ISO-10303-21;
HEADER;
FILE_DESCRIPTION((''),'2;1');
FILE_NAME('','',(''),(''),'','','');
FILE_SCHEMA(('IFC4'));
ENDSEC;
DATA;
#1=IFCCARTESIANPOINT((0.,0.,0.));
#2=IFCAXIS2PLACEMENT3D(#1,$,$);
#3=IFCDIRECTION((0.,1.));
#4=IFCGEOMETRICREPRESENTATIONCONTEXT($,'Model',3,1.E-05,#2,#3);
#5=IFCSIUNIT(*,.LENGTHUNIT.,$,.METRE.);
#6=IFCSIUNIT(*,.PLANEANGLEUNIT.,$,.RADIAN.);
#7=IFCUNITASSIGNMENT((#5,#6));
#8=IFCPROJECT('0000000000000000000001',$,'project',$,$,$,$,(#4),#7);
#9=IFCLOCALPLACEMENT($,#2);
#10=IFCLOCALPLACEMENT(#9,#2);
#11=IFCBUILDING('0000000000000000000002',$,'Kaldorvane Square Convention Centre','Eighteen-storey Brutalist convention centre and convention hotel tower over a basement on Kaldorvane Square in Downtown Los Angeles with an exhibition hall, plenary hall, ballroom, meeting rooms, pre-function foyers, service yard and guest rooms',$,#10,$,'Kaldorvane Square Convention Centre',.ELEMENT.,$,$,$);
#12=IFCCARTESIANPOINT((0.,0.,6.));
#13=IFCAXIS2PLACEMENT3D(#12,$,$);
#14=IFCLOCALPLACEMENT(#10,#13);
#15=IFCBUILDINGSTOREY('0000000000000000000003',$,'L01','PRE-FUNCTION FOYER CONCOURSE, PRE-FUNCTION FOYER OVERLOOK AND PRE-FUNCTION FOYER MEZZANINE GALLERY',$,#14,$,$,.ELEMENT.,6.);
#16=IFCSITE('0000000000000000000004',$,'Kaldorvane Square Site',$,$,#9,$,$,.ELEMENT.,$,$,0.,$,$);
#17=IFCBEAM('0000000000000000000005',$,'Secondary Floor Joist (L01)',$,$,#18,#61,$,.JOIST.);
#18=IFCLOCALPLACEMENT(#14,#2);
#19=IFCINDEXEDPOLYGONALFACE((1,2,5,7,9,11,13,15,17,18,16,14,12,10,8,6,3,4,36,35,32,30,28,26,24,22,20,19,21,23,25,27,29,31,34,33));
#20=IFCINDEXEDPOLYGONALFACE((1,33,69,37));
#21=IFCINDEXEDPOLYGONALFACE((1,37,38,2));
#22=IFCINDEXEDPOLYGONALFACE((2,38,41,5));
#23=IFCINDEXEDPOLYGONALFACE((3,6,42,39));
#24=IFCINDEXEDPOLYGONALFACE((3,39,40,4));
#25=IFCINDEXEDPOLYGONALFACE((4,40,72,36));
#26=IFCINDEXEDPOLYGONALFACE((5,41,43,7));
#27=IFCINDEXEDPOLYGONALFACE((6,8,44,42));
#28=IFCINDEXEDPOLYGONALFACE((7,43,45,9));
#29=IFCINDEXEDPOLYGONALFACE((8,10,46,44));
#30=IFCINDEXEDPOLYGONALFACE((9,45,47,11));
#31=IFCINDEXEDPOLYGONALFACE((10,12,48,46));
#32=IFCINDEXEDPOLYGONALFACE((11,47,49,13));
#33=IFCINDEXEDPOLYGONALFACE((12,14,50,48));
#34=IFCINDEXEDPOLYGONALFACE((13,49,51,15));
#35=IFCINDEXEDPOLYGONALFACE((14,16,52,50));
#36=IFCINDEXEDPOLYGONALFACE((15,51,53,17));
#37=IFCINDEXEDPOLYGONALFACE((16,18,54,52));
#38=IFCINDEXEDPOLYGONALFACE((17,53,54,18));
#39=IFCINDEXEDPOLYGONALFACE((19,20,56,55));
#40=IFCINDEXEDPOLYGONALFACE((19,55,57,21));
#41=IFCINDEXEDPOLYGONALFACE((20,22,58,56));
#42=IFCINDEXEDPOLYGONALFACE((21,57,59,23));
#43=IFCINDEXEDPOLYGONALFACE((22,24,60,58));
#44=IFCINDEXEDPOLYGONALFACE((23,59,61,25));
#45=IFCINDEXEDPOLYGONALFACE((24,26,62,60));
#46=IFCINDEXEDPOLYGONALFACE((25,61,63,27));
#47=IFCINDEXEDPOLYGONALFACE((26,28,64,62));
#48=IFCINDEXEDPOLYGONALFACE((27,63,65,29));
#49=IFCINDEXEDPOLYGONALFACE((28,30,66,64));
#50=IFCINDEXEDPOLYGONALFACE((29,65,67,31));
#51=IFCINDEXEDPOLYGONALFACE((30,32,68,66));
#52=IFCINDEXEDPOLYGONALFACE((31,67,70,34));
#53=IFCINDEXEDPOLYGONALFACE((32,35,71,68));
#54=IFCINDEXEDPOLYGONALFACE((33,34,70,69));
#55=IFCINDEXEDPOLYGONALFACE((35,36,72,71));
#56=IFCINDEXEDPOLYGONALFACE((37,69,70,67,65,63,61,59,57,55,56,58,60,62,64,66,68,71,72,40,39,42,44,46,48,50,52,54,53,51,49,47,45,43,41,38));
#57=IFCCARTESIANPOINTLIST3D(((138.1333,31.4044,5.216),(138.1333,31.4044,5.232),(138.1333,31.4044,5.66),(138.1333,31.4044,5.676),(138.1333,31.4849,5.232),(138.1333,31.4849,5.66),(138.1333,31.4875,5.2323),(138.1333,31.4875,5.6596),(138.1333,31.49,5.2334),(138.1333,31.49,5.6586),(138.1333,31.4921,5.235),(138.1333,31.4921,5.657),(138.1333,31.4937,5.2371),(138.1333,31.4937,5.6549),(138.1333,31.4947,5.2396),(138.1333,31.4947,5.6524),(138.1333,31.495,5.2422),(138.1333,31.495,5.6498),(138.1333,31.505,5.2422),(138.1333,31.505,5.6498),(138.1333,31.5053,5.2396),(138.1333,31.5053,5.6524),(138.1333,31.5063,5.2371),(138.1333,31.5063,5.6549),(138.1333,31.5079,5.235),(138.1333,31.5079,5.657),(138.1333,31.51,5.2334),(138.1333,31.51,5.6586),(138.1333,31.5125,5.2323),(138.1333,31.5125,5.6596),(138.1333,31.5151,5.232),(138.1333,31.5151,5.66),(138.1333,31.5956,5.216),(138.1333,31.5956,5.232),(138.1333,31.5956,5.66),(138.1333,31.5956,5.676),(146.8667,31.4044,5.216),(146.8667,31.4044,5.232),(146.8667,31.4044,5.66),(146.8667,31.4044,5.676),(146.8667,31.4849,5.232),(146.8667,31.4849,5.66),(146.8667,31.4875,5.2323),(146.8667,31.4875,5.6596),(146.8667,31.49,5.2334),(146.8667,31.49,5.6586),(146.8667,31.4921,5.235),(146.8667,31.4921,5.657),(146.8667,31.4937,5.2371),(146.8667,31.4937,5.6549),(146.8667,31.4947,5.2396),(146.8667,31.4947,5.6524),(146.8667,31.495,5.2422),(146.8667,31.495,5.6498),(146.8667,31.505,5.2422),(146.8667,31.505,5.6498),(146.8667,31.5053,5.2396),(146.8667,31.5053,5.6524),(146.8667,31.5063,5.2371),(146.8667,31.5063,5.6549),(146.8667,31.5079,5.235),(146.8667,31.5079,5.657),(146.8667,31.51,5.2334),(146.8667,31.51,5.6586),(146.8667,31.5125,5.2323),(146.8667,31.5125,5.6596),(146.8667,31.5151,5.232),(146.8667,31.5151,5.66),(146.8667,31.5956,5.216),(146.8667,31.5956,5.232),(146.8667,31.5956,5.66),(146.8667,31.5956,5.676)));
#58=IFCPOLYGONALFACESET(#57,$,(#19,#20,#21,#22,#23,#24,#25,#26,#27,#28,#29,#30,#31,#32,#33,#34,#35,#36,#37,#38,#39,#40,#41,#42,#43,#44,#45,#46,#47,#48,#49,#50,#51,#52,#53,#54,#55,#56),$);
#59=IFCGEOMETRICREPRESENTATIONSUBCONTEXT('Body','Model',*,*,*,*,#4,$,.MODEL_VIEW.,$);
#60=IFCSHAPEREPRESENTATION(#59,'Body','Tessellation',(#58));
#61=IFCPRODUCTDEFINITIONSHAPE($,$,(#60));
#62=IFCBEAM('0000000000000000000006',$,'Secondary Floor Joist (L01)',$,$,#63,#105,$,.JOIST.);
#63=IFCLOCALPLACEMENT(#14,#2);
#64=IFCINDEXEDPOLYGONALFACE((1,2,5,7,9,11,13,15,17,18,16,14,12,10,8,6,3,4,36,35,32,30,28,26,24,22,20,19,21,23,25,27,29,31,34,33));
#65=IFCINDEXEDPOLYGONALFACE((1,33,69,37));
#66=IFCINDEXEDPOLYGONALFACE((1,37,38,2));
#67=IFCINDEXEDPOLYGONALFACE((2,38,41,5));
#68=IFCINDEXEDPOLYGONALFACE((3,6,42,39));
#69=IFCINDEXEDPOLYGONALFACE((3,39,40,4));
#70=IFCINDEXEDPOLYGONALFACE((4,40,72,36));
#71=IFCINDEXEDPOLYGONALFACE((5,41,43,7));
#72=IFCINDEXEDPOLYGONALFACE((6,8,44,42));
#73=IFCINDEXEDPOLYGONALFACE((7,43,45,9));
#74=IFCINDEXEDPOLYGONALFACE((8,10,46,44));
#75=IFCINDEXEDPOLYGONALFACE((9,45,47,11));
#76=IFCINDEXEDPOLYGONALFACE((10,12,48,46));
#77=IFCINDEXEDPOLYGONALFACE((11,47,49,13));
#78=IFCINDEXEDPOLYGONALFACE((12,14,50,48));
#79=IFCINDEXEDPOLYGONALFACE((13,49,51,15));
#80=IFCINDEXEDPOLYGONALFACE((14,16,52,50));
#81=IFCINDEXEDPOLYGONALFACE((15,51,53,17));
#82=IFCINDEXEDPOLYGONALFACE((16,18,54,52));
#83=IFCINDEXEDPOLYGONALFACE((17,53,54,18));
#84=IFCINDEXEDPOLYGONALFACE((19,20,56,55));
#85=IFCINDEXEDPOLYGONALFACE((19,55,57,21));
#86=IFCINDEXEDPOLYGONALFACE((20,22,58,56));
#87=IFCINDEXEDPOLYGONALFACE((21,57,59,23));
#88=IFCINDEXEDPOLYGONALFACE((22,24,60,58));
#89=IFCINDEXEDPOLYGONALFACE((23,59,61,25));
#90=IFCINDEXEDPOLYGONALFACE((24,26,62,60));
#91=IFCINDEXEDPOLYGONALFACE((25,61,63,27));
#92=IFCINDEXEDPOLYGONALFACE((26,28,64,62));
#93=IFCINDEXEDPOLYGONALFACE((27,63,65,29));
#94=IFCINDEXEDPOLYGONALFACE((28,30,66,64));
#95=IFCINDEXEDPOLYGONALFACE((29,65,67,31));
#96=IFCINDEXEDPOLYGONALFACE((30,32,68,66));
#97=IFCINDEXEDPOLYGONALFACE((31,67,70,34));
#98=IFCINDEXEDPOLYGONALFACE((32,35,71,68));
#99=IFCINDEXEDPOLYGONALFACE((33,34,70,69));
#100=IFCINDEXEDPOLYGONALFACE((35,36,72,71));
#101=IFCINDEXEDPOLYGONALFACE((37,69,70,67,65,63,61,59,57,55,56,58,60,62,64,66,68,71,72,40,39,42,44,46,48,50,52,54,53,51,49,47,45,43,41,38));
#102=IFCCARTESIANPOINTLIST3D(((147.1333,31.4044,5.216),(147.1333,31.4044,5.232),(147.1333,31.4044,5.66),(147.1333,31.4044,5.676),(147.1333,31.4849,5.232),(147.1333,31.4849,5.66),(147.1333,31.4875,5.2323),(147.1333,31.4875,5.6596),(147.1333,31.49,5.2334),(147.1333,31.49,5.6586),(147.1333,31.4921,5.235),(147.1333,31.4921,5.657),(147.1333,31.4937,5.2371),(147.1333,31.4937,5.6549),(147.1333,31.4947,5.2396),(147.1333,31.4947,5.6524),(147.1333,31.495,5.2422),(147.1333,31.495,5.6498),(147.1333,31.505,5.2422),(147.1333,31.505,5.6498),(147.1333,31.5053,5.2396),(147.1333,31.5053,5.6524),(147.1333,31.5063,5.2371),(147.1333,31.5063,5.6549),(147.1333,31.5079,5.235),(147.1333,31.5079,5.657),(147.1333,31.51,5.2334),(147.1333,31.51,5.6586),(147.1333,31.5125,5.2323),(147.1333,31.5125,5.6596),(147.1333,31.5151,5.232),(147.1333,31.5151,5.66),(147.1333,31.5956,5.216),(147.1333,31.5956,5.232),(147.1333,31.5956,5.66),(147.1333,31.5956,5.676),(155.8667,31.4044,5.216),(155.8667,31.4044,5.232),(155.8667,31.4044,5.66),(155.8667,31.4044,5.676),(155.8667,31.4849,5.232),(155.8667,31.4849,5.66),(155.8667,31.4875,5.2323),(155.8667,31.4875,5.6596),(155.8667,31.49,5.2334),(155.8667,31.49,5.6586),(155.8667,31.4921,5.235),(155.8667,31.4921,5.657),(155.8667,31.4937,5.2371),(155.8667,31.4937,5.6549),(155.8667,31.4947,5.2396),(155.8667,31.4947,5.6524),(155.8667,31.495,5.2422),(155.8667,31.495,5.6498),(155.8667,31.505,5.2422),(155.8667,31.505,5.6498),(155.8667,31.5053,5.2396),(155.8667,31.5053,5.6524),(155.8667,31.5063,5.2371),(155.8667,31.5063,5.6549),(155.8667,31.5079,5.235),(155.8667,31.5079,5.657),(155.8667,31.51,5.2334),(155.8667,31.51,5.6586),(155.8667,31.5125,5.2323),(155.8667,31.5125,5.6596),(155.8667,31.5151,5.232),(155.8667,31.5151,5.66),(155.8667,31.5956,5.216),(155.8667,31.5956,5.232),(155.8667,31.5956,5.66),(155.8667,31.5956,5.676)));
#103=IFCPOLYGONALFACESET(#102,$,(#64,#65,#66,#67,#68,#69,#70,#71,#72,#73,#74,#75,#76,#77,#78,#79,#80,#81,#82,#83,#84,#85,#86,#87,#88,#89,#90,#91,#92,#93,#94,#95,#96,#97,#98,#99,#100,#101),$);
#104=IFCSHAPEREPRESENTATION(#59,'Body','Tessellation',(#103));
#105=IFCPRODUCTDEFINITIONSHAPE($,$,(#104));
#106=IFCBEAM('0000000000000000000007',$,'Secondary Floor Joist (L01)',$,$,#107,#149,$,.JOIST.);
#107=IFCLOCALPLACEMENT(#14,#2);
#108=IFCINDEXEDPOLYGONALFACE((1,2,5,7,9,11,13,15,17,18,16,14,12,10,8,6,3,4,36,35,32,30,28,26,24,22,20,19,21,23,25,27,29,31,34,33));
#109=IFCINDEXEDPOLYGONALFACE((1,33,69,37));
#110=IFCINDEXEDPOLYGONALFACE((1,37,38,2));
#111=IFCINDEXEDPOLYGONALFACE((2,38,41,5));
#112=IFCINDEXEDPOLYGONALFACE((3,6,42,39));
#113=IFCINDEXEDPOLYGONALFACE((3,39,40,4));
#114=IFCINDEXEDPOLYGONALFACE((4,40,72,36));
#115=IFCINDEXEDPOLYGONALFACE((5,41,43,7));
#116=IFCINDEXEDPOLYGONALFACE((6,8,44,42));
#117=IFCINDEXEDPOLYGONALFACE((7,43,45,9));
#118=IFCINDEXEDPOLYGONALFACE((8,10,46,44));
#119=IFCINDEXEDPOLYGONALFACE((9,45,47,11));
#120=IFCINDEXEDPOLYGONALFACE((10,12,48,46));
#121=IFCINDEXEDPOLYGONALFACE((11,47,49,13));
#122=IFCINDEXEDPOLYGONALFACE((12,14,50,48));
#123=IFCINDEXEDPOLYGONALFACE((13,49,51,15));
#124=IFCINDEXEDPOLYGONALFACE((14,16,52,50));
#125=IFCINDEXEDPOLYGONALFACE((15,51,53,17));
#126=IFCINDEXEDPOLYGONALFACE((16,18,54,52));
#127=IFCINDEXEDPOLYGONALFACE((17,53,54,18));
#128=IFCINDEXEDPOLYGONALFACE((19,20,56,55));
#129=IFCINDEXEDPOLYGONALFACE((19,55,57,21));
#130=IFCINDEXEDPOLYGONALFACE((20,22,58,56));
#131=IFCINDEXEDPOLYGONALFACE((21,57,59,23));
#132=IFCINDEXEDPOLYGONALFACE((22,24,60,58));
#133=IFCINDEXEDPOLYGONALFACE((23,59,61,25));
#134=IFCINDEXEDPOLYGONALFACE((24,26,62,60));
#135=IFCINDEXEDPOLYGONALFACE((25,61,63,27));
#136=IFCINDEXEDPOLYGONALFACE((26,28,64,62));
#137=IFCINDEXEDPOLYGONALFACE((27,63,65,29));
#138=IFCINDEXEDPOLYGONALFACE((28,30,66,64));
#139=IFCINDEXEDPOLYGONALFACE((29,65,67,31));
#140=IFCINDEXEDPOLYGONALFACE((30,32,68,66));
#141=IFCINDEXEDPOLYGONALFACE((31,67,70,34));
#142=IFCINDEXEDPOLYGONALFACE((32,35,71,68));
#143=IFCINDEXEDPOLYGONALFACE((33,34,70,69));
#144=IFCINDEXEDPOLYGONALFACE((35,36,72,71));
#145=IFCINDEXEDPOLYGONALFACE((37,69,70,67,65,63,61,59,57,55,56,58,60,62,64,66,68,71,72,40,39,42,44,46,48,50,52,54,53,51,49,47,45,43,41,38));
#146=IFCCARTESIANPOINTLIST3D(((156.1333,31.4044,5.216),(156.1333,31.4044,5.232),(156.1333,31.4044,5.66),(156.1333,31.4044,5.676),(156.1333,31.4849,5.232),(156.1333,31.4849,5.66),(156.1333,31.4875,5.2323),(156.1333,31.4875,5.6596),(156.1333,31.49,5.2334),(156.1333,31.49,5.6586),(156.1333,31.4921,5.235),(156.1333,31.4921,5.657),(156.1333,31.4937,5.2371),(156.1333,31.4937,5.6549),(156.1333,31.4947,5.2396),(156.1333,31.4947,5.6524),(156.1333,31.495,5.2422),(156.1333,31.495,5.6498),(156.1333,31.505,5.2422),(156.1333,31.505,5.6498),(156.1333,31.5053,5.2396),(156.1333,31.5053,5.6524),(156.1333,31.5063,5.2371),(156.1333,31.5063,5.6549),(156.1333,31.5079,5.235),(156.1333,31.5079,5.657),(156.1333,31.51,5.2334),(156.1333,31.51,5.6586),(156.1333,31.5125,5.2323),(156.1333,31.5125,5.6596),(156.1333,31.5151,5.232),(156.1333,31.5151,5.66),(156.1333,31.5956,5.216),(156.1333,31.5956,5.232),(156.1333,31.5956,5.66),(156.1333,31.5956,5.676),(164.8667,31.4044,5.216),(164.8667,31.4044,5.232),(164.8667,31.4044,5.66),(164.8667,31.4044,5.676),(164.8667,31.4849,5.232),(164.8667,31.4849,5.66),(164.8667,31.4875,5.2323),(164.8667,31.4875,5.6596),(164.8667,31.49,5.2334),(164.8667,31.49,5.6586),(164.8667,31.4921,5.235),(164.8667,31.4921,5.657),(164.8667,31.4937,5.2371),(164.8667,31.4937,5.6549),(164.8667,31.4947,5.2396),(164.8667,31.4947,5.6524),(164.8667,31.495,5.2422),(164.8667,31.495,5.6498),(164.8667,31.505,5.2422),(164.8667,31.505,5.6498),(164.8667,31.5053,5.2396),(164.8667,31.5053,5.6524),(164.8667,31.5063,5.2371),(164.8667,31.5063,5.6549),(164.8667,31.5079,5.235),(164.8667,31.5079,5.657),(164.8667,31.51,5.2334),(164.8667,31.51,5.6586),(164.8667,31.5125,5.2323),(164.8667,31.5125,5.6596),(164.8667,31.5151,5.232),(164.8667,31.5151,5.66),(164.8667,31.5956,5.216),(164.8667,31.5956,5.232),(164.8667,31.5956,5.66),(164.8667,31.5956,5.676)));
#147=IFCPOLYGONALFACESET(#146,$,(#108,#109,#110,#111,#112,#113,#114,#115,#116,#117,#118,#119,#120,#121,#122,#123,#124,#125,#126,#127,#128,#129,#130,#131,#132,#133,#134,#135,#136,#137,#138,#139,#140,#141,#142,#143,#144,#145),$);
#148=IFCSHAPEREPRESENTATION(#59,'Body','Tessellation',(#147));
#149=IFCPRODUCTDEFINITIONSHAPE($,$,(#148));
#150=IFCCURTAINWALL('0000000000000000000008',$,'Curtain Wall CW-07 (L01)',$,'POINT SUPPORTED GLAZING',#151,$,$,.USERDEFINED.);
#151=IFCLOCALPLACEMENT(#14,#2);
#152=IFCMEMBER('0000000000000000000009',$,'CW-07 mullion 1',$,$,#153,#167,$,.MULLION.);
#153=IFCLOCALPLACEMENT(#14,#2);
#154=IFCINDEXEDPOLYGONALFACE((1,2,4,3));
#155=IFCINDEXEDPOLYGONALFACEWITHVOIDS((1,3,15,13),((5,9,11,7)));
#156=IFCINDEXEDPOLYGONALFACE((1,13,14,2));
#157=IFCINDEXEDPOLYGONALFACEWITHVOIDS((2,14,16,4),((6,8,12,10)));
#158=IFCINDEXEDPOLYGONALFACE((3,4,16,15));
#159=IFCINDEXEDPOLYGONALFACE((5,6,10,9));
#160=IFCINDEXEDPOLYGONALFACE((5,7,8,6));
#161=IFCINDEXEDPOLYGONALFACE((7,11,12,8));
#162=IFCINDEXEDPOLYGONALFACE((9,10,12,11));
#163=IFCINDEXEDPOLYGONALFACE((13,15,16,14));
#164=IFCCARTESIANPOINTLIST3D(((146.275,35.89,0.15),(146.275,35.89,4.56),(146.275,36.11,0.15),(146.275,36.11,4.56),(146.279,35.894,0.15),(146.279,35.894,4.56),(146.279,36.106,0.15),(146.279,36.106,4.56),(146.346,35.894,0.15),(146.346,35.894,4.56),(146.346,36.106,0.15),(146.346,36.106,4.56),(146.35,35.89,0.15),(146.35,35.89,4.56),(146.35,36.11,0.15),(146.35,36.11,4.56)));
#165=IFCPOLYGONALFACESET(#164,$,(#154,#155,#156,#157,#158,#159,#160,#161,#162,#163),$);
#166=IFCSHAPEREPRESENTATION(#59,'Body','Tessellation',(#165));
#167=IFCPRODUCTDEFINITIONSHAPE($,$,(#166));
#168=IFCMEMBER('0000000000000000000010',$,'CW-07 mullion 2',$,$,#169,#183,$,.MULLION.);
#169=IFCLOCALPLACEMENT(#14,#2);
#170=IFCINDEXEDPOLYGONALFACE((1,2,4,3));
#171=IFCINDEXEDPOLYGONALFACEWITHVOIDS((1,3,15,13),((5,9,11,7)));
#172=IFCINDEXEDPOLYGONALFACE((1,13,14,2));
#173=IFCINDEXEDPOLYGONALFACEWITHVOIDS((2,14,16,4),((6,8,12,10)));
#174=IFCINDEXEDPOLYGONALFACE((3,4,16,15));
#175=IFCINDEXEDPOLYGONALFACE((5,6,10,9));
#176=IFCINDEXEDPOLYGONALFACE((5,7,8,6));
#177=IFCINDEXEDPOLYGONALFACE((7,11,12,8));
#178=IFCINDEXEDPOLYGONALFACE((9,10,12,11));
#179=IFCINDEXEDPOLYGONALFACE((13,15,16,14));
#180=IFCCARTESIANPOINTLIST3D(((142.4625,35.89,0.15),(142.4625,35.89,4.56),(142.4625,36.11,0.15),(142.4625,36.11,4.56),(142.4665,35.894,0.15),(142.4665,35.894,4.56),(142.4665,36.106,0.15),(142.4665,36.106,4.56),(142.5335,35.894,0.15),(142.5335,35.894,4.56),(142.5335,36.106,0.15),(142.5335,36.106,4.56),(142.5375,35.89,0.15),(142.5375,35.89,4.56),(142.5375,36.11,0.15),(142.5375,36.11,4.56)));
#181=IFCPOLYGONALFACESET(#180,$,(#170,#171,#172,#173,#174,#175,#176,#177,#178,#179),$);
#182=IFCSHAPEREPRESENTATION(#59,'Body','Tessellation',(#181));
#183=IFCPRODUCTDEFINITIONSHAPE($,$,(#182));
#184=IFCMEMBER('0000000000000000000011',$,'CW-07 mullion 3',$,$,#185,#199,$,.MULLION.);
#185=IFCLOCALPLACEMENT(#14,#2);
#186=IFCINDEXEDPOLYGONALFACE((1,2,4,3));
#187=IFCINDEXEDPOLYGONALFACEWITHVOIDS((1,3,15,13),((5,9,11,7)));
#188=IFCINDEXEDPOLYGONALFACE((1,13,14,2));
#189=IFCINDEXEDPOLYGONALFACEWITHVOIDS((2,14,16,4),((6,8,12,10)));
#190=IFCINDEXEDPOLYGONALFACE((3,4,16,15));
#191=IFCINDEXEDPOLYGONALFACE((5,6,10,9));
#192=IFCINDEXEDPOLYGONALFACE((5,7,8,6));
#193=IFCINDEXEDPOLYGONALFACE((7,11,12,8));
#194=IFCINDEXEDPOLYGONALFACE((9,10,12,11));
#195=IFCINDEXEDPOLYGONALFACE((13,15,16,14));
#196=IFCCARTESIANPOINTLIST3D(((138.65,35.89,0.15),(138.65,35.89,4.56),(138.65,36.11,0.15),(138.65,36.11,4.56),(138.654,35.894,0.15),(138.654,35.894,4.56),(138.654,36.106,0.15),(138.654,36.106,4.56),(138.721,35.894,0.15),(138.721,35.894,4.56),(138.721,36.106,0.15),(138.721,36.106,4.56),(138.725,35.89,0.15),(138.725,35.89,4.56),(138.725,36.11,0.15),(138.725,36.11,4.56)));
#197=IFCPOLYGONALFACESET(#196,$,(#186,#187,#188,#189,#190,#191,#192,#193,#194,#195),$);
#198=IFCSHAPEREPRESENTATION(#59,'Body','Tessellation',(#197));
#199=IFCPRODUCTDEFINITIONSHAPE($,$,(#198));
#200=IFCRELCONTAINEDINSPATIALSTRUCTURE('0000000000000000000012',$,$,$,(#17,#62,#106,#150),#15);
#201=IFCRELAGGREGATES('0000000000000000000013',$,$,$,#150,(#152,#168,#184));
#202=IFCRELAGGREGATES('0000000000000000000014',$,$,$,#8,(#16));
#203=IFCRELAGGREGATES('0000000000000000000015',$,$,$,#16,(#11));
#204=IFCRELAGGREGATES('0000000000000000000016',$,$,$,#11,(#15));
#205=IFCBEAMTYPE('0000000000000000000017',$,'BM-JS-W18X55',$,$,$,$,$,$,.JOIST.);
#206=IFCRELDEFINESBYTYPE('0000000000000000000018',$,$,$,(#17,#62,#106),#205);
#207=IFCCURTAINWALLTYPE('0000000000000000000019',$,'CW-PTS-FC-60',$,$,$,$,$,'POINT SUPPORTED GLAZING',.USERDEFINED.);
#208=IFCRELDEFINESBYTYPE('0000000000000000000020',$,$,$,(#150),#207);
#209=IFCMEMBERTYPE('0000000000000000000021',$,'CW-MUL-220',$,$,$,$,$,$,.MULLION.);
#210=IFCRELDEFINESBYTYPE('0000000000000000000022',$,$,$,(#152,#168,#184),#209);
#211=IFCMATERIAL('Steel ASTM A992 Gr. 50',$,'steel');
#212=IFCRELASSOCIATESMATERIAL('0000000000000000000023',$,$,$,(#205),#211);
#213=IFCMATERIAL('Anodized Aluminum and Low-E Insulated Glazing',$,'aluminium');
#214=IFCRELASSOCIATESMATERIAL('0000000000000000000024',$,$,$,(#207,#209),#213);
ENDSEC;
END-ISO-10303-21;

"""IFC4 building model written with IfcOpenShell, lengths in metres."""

from ifc_helpers import new_model, si_unit, direction, frame, origin, origin_2d, place, context, subcontext, project, spatial, hollow_rectangle, i_section, extrude, material, material_profile, profile_set, type_object, element, aggregate, save


model = new_model("IFC4")

# Units and contexts
model_context = context("Model", 3, precision=1e-05, world=origin(), true_north=direction((0.0, 1.0)))
body_context = subcontext(model_context, "Body", "Model", "MODEL_VIEW")
ifc_project = project(units=[si_unit("LENGTHUNIT", "METRE"), si_unit("PLANEANGLEUNIT", "RADIAN")], contexts=[model_context])

# Site, building, storey
site_placement = place(None, origin())
site = spatial("IfcSite", under=ifc_project, at=site_placement, Name="Kaldorvane Square Site", CompositionType="ELEMENT", RefElevation=0.0)
building_placement = place(site_placement, origin())
building = spatial("IfcBuilding", under=site, at=building_placement, Name="Kaldorvane Square Convention Centre", Description="Eighteen-storey Brutalist convention centre and convention hotel tower over a basement on Kaldorvane Square in Downtown Los Angeles with an exhibition hall, plenary hall, ballroom, meeting rooms, pre-function foyers, service yard and guest rooms", LongName="Kaldorvane Square Convention Centre", CompositionType="ELEMENT")
storey_placement = place(building_placement, frame((0.0, 0.0, 6.0)))
storey = spatial("IfcBuildingStorey", under=building, at=storey_placement, Name="L01", Description="PRE-FUNCTION FOYER CONCOURSE, PRE-FUNCTION FOYER OVERLOOK AND PRE-FUNCTION FOYER MEZZANINE GALLERY", CompositionType="ELEMENT", Elevation=6.0)

# Shared definitions
ifc_material_1 = material(Name="Steel ASTM A992 Gr. 50", Category="steel")

# Beams
ifc_material_profile_1 = material_profile(ifc_material_1, i_section(OverallWidth=0.1913, OverallDepth=0.46, WebThickness=0.0099, FlangeThickness=0.016, FilletRadius=0.0102, at=origin_2d()), Name="W18X55")
ifc_profile_set_1 = profile_set([ifc_material_profile_1], Name="Steel ASTM A992 Gr. 50")
beam_type_1 = type_object("IfcBeamType", Name="BM-JS-W18X55", PredefinedType="JOIST", material=ifc_profile_set_1)
for number, where, z_axis, x_axis, name in (
    (1, (138.1333, 31.5, 5.446), (1.0, 0.0, 0.0), (0.0, 1.0, 0.0), "Secondary Floor Joist (L01)"),
    (2, (147.1333, 31.5, 5.446), (1.0, 0.0, 0.0), (0.0, 1.0, 0.0), "Secondary Floor Joist (L01)"),
    (3, (156.1333, 31.5, 5.446), (1.0, 0.0, 0.0), (0.0, 1.0, 0.0), "Secondary Floor Joist (L01)"),
):
    element("IfcBeam", number, at=place(storey_placement, frame(where, z_axis=z_axis, x_axis=x_axis)), inside=storey, type_object=beam_type_1, Name=name, PredefinedType="JOIST", context=body_context, shape_type="SweptSolid", body=[
        extrude(i_section(OverallWidth=0.1913, OverallDepth=0.46, WebThickness=0.0099, FlangeThickness=0.016, FilletRadius=0.0102, at=origin_2d()), origin(), (0.0, 0.0, 1.0), 8.7334),
    ])

# Curtain wall, members
ifc_material_2 = material(Name="Anodized Aluminum and Low-E Insulated Glazing", Category="aluminium")
curtain_wall_type = type_object("IfcCurtainWallType", Name="CW-PTS-FC-60", ElementType="POINT SUPPORTED GLAZING", PredefinedType="USERDEFINED", material=ifc_material_2)
curtain_wall_placement = place(storey_placement, origin())
curtain_wall = element("IfcCurtainWall", 4, at=curtain_wall_placement, inside=storey, type_object=curtain_wall_type, Name="Curtain Wall CW-07 (L01)", ObjectType="POINT SUPPORTED GLAZING", PredefinedType="USERDEFINED")
ifc_material_profile_2 = material_profile(ifc_material_2, hollow_rectangle(XDim=0.075, YDim=0.22, WallThickness=0.004, at=origin_2d()), Name="CWM-220X75")
ifc_profile_set_2 = profile_set([ifc_material_profile_2], Name="Anodized Aluminum and Low-E Insulated Glazing")
member_type_1 = type_object("IfcMemberType", Name="CW-MUL-220", PredefinedType="MULLION", material=ifc_profile_set_2)
member_1_placement = place(storey_placement, frame((146.3125, 36.0, 0.15), z_axis=(0.0, 0.0, 1.0), x_axis=(-1.0, 0.0, 0.0)))
member_1 = element("IfcMember", 5, at=member_1_placement, type_object=member_type_1, Name="CW-07 mullion 1", PredefinedType="MULLION", context=body_context, shape_type="SweptSolid", body=[
    extrude(hollow_rectangle(XDim=0.075, YDim=0.22, WallThickness=0.004, at=origin_2d()), origin(), (0.0, 0.0, 1.0), 4.41),
])
member_2_placement = place(storey_placement, frame((142.5, 36.0, 0.15), z_axis=(0.0, 0.0, 1.0), x_axis=(-1.0, 0.0, 0.0)))
member_2 = element("IfcMember", 6, at=member_2_placement, type_object=member_type_1, Name="CW-07 mullion 2", PredefinedType="MULLION", context=body_context, shape_type="SweptSolid", body=[
    extrude(hollow_rectangle(XDim=0.075, YDim=0.22, WallThickness=0.004, at=origin_2d()), origin(), (0.0, 0.0, 1.0), 4.41),
])
member_3_placement = place(storey_placement, frame((138.6875, 36.0, 0.15), z_axis=(0.0, 0.0, 1.0), x_axis=(-1.0, 0.0, 0.0)))
member_3 = element("IfcMember", 7, at=member_3_placement, type_object=member_type_1, Name="CW-07 mullion 3", PredefinedType="MULLION", context=body_context, shape_type="SweptSolid", body=[
    extrude(hollow_rectangle(XDim=0.075, YDim=0.22, WallThickness=0.004, at=origin_2d()), origin(), (0.0, 0.0, 1.0), 4.41),
])
aggregate(curtain_wall, [member_1, member_2, member_3])

save(model, "model.ifc")
